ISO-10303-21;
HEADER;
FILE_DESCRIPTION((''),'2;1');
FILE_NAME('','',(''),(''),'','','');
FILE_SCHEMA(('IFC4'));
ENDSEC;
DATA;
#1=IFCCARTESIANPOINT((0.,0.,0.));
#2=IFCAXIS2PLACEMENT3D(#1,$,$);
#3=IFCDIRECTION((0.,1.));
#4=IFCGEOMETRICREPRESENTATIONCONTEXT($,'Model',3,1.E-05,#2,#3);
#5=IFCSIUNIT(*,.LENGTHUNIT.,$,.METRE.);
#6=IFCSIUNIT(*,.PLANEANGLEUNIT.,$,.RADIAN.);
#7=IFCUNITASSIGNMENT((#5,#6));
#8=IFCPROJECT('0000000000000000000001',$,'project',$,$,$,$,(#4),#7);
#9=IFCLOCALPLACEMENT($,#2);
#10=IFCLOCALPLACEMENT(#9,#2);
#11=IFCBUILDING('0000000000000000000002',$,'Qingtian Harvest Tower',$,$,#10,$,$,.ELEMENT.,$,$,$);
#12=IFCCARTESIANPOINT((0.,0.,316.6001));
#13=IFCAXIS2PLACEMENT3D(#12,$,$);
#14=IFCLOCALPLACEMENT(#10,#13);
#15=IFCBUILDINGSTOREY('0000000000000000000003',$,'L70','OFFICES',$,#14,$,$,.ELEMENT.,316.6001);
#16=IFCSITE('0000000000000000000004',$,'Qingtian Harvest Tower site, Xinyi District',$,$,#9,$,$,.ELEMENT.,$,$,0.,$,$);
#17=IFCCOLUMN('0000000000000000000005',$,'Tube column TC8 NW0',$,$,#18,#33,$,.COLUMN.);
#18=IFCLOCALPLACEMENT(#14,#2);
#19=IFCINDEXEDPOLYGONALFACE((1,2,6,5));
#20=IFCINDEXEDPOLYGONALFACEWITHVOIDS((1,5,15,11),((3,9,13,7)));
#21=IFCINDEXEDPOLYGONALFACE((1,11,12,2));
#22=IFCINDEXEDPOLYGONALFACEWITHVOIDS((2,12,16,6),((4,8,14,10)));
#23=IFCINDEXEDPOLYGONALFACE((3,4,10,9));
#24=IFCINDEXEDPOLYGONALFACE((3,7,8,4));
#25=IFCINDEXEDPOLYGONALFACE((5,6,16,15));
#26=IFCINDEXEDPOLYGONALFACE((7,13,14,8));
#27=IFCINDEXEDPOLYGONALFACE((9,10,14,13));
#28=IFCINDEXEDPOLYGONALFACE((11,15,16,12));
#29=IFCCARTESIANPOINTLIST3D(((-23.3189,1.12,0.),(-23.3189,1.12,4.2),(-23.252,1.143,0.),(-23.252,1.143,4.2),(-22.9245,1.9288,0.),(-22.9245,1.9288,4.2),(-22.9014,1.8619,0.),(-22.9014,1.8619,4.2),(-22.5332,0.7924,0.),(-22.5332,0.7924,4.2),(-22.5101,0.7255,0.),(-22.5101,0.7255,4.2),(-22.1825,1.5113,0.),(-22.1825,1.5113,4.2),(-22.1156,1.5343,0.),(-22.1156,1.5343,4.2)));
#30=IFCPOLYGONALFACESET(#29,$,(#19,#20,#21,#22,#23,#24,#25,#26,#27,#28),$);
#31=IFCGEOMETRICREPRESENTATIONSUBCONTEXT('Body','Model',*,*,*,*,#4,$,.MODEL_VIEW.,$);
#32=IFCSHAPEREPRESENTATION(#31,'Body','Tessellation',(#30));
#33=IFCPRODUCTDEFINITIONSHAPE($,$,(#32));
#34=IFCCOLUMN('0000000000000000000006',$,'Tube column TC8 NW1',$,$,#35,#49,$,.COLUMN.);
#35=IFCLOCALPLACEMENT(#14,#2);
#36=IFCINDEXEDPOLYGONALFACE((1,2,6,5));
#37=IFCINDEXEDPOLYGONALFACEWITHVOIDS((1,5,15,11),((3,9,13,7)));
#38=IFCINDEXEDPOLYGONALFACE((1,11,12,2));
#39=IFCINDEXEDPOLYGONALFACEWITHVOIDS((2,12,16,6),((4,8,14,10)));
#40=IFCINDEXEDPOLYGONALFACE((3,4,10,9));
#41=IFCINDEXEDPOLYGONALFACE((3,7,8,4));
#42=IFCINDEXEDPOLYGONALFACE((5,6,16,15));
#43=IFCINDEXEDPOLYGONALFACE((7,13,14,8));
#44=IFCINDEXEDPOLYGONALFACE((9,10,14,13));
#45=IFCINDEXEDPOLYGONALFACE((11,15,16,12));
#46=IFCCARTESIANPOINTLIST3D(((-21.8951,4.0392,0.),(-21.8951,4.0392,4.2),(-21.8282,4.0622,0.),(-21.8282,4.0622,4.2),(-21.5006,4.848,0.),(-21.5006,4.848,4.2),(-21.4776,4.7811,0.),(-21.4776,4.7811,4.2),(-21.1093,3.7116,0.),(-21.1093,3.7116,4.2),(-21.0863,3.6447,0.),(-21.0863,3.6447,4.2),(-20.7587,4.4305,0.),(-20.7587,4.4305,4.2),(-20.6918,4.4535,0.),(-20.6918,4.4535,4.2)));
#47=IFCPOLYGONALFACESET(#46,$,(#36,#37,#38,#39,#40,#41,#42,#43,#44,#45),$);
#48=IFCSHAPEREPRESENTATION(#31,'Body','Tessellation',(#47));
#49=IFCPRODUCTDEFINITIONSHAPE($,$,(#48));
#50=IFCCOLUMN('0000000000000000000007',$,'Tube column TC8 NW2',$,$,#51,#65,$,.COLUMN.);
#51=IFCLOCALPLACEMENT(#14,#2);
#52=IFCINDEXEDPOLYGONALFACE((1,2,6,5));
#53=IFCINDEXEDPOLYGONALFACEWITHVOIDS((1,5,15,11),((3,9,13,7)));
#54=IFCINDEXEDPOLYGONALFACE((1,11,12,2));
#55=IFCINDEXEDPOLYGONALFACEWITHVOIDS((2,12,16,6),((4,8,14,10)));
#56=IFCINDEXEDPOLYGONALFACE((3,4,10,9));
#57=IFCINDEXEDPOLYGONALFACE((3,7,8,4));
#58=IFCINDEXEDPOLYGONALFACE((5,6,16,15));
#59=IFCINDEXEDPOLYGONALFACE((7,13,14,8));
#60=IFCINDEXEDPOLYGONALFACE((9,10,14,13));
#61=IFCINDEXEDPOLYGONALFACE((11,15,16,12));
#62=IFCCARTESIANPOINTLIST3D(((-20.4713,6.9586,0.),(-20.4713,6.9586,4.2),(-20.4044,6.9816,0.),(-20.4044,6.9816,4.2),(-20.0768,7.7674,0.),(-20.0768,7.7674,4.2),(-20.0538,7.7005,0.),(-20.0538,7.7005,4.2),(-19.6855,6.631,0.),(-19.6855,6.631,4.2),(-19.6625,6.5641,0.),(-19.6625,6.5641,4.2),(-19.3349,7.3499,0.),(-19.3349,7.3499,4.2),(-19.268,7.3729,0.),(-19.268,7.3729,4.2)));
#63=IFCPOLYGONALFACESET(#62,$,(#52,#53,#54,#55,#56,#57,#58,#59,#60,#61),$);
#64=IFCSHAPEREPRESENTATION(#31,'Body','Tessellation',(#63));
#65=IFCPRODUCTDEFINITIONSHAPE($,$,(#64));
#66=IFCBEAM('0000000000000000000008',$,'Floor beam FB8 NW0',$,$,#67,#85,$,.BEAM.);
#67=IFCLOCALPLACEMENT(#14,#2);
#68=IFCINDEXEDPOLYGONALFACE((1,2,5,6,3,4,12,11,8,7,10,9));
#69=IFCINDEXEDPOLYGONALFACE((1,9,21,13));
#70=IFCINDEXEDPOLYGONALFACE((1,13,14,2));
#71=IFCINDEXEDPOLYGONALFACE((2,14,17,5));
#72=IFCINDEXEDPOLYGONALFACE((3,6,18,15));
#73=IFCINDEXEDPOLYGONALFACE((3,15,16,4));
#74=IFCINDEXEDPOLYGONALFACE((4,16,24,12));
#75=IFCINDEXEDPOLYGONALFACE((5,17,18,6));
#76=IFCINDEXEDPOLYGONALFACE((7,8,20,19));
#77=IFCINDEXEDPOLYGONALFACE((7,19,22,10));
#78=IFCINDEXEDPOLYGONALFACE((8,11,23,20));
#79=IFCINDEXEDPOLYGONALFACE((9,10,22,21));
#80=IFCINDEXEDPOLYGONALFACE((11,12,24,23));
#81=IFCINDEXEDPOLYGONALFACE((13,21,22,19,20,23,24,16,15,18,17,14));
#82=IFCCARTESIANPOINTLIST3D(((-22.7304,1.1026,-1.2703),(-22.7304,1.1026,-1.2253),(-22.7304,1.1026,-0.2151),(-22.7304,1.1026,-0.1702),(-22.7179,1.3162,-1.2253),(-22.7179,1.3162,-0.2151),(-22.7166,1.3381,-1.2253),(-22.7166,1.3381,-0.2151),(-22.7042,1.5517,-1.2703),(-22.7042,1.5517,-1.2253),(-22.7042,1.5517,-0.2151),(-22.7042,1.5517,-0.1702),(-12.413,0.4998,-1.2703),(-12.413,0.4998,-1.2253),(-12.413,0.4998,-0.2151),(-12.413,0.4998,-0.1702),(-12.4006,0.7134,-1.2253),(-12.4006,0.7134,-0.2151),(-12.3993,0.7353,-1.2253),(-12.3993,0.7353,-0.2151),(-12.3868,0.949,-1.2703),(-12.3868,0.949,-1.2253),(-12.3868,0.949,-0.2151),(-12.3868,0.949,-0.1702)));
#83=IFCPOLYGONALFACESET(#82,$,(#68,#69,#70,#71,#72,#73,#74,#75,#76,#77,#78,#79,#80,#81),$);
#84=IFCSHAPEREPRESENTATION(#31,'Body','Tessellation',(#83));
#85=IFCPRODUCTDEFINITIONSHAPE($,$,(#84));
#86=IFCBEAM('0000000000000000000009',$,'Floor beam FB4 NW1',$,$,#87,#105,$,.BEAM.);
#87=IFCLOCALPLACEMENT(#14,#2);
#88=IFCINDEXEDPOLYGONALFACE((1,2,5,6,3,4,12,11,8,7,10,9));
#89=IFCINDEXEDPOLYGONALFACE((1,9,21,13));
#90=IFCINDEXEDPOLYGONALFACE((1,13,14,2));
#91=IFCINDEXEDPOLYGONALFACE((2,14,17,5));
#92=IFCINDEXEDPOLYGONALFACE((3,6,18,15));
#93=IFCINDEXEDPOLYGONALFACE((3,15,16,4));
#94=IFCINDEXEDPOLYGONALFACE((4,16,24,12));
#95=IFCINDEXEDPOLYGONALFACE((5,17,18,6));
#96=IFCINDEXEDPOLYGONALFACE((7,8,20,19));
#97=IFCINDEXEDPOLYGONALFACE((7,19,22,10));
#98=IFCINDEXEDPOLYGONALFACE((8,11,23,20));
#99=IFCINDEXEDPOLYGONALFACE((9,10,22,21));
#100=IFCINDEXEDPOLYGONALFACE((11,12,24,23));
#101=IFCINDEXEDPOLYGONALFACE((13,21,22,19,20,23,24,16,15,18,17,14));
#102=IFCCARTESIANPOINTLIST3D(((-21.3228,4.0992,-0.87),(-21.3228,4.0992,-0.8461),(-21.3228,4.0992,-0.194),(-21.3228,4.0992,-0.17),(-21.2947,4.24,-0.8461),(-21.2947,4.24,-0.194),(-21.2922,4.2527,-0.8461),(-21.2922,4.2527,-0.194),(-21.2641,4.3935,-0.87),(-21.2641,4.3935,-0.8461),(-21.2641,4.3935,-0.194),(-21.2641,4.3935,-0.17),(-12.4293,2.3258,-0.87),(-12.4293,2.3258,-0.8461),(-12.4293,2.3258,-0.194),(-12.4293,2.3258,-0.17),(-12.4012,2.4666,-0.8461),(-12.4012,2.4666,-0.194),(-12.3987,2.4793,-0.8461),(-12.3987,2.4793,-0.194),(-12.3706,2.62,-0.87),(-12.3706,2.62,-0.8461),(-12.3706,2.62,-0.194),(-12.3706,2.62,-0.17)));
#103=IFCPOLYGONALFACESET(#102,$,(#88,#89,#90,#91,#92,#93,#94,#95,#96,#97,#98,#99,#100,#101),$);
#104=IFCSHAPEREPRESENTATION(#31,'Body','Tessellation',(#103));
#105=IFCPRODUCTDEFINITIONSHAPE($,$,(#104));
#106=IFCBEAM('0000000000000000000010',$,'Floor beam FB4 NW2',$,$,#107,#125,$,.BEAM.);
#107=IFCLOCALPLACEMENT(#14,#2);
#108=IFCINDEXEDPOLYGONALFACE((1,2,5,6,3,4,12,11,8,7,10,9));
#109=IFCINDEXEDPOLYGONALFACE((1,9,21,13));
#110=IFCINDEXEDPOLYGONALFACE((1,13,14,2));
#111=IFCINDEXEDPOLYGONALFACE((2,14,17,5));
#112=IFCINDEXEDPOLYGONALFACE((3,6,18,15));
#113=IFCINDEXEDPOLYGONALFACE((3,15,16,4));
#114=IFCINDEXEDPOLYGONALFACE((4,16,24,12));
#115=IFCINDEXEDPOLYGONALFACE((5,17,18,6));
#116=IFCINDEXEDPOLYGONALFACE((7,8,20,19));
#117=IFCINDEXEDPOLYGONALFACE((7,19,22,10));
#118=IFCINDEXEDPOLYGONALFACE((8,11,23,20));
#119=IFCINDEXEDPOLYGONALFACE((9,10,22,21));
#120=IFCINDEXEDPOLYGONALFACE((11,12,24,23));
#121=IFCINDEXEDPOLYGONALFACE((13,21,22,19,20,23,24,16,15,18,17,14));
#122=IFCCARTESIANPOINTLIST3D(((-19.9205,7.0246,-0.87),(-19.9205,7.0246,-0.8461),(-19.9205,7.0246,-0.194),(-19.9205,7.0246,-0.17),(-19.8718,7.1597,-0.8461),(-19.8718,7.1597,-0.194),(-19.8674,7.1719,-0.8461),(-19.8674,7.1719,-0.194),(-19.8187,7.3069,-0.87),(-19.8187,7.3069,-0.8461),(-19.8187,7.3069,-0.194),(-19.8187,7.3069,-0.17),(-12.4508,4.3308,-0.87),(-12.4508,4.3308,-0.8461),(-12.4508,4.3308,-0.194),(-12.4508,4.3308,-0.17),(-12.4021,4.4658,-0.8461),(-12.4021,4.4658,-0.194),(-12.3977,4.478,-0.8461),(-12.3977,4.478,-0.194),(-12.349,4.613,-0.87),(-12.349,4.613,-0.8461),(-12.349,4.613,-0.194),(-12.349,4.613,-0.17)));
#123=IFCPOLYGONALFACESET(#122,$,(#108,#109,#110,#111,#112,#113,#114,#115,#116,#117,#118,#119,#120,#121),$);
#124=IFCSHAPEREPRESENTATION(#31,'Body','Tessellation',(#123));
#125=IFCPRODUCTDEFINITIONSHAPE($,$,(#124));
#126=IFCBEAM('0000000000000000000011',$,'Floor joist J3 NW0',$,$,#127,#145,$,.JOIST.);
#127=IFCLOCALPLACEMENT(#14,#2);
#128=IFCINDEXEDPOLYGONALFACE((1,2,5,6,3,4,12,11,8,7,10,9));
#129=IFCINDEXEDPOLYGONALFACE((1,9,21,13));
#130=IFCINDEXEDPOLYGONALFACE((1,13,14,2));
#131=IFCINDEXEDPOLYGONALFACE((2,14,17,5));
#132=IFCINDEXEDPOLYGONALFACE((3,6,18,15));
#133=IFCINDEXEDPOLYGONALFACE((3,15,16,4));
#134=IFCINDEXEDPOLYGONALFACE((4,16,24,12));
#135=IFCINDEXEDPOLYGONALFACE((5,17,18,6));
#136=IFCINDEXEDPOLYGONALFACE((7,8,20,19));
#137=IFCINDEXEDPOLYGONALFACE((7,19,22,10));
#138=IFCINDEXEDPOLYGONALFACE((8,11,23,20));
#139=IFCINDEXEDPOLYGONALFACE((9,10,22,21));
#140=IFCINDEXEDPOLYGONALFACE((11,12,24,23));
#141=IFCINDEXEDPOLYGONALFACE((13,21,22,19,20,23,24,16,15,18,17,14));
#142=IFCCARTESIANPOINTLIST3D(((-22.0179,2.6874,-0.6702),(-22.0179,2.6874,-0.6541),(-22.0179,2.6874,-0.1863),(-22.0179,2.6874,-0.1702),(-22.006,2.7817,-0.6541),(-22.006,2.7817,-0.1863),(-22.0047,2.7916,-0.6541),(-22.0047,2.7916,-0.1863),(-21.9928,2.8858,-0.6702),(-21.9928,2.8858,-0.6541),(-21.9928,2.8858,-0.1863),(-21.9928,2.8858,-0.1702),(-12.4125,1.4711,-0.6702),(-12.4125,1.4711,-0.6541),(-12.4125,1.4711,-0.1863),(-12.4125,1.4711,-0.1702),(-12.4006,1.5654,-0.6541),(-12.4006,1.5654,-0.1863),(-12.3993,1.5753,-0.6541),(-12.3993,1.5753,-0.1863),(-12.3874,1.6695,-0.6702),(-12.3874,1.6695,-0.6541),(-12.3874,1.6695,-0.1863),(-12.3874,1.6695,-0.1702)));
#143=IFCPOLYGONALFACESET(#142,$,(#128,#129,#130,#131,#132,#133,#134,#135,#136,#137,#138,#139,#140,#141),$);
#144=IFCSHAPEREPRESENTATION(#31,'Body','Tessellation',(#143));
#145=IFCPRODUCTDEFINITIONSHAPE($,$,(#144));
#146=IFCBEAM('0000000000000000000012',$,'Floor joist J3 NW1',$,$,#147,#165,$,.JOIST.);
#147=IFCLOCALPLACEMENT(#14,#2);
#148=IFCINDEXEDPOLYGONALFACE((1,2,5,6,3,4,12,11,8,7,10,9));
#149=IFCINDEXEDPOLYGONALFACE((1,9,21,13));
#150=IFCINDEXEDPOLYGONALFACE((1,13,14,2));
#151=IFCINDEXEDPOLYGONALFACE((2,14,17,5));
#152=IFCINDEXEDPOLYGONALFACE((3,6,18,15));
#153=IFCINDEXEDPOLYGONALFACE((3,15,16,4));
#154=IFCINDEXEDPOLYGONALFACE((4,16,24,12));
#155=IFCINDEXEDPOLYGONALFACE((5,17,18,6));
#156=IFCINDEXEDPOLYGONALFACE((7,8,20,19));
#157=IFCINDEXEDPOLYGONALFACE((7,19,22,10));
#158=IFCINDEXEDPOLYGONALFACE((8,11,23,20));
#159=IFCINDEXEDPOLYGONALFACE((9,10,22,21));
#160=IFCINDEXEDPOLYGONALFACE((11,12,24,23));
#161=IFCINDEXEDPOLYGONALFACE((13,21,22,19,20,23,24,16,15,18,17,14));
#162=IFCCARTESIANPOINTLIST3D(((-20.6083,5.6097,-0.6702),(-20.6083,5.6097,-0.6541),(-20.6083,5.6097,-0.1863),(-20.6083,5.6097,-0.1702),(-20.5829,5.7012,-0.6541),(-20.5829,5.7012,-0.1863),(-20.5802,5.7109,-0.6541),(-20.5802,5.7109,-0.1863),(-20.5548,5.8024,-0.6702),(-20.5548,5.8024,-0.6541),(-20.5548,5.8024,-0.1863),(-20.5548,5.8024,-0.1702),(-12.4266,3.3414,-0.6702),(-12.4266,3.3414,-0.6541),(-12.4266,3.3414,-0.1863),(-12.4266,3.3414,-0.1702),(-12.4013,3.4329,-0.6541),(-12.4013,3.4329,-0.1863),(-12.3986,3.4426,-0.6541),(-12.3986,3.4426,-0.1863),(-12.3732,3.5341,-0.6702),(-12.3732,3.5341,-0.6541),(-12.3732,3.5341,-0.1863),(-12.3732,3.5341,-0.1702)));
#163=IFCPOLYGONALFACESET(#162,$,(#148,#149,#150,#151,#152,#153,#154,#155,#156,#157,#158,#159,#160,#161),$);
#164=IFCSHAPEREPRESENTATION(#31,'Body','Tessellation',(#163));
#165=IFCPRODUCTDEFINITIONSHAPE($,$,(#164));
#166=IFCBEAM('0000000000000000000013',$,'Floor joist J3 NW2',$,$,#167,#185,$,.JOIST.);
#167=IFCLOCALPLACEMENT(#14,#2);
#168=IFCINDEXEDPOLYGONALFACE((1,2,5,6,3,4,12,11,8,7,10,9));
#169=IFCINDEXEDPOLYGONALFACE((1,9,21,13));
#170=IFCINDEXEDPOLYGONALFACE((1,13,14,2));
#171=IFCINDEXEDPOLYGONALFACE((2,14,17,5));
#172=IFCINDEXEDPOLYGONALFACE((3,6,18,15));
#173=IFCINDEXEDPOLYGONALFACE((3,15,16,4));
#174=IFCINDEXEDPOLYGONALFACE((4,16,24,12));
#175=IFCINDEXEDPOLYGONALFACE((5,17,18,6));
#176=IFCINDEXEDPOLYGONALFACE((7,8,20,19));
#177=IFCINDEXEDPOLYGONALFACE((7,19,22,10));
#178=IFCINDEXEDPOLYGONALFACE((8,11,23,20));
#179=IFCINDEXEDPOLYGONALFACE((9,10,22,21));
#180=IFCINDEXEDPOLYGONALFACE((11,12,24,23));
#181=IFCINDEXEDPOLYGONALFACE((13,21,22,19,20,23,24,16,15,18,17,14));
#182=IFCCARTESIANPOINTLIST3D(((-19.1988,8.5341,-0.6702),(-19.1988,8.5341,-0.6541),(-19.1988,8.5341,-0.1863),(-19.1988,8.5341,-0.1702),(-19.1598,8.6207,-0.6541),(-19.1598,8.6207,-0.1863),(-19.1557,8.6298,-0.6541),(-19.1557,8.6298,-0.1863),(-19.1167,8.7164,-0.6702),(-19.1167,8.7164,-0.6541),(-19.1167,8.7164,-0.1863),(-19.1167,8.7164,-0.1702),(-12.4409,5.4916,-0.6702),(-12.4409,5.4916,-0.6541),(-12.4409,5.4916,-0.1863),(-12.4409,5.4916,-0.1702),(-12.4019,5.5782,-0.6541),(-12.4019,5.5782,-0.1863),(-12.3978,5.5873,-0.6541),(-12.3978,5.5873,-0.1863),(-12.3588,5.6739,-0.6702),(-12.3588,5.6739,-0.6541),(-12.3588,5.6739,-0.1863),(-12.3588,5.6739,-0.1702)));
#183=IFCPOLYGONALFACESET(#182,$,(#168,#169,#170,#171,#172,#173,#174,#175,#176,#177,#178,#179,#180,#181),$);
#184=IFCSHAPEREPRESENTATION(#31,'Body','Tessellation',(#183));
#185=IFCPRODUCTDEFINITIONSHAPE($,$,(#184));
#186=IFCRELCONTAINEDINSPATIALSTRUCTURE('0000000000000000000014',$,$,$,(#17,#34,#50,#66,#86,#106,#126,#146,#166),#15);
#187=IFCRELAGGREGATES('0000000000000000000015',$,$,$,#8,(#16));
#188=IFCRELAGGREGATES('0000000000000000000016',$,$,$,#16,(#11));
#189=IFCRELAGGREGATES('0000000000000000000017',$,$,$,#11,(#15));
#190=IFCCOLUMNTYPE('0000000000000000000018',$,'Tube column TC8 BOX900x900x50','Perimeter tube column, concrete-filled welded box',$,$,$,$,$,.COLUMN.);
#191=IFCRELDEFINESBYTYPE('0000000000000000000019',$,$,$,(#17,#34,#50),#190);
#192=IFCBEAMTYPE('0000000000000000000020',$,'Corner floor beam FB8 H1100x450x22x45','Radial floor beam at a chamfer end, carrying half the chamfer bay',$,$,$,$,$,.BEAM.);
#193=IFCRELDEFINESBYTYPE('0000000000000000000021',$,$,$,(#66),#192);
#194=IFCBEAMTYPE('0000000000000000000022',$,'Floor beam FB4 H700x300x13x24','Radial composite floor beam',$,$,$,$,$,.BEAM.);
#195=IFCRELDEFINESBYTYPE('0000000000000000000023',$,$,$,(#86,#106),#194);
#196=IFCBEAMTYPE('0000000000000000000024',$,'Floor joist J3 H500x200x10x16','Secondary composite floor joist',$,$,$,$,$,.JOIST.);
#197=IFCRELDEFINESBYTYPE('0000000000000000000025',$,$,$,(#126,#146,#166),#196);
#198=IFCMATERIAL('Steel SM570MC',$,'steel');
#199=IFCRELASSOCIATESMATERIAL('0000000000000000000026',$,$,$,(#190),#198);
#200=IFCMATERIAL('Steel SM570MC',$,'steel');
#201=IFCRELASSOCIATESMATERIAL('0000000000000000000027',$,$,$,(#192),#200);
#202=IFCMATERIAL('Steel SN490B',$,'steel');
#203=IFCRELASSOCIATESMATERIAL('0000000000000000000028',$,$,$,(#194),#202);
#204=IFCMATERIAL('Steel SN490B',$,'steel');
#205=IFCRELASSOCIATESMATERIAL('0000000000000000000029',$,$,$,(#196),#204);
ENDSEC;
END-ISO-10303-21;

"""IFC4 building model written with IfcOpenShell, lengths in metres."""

from ifc_helpers import new_model, si_unit, direction, frame, origin, origin_2d, place, context, subcontext, project, spatial, hollow_rectangle, i_section, extrude, material, material_profile, profile_set, type_object, element, save


model = new_model("IFC4")

# Units and contexts
model_context = context("Model", 3, precision=1e-05, world=origin(), true_north=direction((0.0, 1.0)))
body_context = subcontext(model_context, "Body", "Model", "MODEL_VIEW")
ifc_project = project(units=[si_unit("LENGTHUNIT", "METRE"), si_unit("PLANEANGLEUNIT", "RADIAN")], contexts=[model_context])

# Site, building, storey
site_placement = place(None, origin())
site = spatial("IfcSite", under=ifc_project, at=site_placement, Name="Qingtian Harvest Tower site, Xinyi District", CompositionType="ELEMENT", RefElevation=0.0)
building_placement = place(site_placement, origin())
building = spatial("IfcBuilding", under=site, at=building_placement, Name="Qingtian Harvest Tower", CompositionType="ELEMENT")
storey_placement = place(building_placement, frame((0.0, 0.0, 316.6001)))
storey = spatial("IfcBuildingStorey", under=building, at=storey_placement, Name="L70", Description="OFFICES", CompositionType="ELEMENT", Elevation=316.6001)

# Columns
ifc_material_1 = material(Name="Steel SM570MC", Category="steel")
ifc_material_profile_1 = material_profile(ifc_material_1, hollow_rectangle(XDim=0.8999, YDim=0.8999, WallThickness=0.05, at=origin_2d()), Name="BOX900x900x50")
ifc_profile_set_1 = profile_set([ifc_material_profile_1], Name="Steel SM570MC")
column_type = type_object("IfcColumnType", Name="Tube column TC8 BOX900x900x50", Description="Perimeter tube column, concrete-filled welded box", PredefinedType="COLUMN", material=ifc_profile_set_1)
for number, where, z_axis, x_axis, name in (
    (1, (-22.7173, 1.3271, 0.0), (0.0, 0.0, 1.0), (-0.438371, -0.898794, 0.0), "Tube column TC8 NW0"),
    (2, (-21.2935, 4.2463, 0.0), (0.0, 0.0, 1.0), (-0.438371, -0.898794, 0.0), "Tube column TC8 NW1"),
    (3, (-19.8696, 7.1658, 0.0), (0.0, 0.0, 1.0), (-0.438371, -0.898794, 0.0), "Tube column TC8 NW2"),
):
    element("IfcColumn", number, at=place(storey_placement, frame(where, z_axis=z_axis, x_axis=x_axis)), inside=storey, type_object=column_type, Name=name, PredefinedType="COLUMN", context=body_context, shape_type="SweptSolid", body=[
        extrude(hollow_rectangle(XDim=0.8999, YDim=0.8999, WallThickness=0.05, at=origin_2d()), origin(), (0.0, 0.0, 1.0), 4.2),
    ])

# Beams
ifc_material_2 = material(Name="Steel SM570MC", Category="steel")
ifc_material_profile_2 = material_profile(ifc_material_2, i_section(OverallWidth=0.45, OverallDepth=1.1001, WebThickness=0.022, FlangeThickness=0.0449, at=origin_2d()), Name="H1100x450x22x45")
ifc_profile_set_2 = profile_set([ifc_material_profile_2], Name="Steel SM570MC")
beam_type_1 = type_object("IfcBeamType", Name="Corner floor beam FB8 H1100x450x22x45", Description="Radial floor beam at a chamfer end, carrying half the chamfer bay", PredefinedType="BEAM", material=ifc_profile_set_2)
beam_1_placement = place(storey_placement, frame((-22.7173, 1.3271, -0.7202), z_axis=(0.998298, -0.058325, 0.0), x_axis=(0.058325, 0.998298, 0.0)))
element("IfcBeam", 4, at=beam_1_placement, inside=storey, type_object=beam_type_1, Name="Floor beam FB8 NW0", PredefinedType="BEAM", context=body_context, shape_type="SweptSolid", body=[
    extrude(i_section(OverallWidth=0.45, OverallDepth=1.1001, WebThickness=0.022, FlangeThickness=0.0449, at=origin_2d()), origin(), (0.0, 0.0, 1.0), 10.335),
])
ifc_material_3 = material(Name="Steel SN490B", Category="steel")
ifc_material_profile_3 = material_profile(ifc_material_3, i_section(OverallWidth=0.3, OverallDepth=0.7, WebThickness=0.0129, FlangeThickness=0.0239, at=origin_2d()), Name="H700x300x13x24")
ifc_profile_set_3 = profile_set([ifc_material_profile_3], Name="Steel SN490B")
beam_type_2 = type_object("IfcBeamType", Name="Floor beam FB4 H700x300x13x24", Description="Radial composite floor beam", PredefinedType="BEAM", material=ifc_profile_set_3)
beam_2_placement = place(storey_placement, frame((-21.2935, 4.2463, -0.52), z_axis=(0.980692, -0.195557, 0.0), x_axis=(0.195557, 0.980692, 0.0)))
element("IfcBeam", 5, at=beam_2_placement, inside=storey, type_object=beam_type_2, Name="Floor beam FB4 NW1", PredefinedType="BEAM", context=body_context, shape_type="SweptSolid", body=[
    extrude(i_section(OverallWidth=0.3, OverallDepth=0.7, WebThickness=0.0129, FlangeThickness=0.0239, at=origin_2d()), origin(), (0.0, 0.0, 1.0), 9.0686),
])
beam_3_placement = place(storey_placement, frame((-19.8696, 7.1658, -0.52), z_axis=(0.940697, -0.339249, 0.0), x_axis=(0.339249, 0.940697, 0.0)))
element("IfcBeam", 6, at=beam_3_placement, inside=storey, type_object=beam_type_2, Name="Floor beam FB4 NW2", PredefinedType="BEAM", context=body_context, shape_type="SweptSolid", body=[
    extrude(i_section(OverallWidth=0.3, OverallDepth=0.7, WebThickness=0.0129, FlangeThickness=0.0239, at=origin_2d()), origin(), (0.0, 0.0, 1.0), 7.9407),
])
ifc_material_4 = material(Name="Steel SN490B", Category="steel")
ifc_material_profile_4 = material_profile(ifc_material_4, i_section(OverallWidth=0.2, OverallDepth=0.5, WebThickness=0.01, FlangeThickness=0.0161, at=origin_2d()), Name="H500x200x10x16")
ifc_profile_set_4 = profile_set([ifc_material_profile_4], Name="Steel SN490B")
beam_type_3 = type_object("IfcBeamType", Name="Floor joist J3 H500x200x10x16", Description="Secondary composite floor joist", PredefinedType="JOIST", material=ifc_profile_set_4)
beam_4_placement = place(storey_placement, frame((-22.0054, 2.7866, -0.4202), z_axis=(0.992078, -0.125624, 0.0), x_axis=(0.125624, 0.992078, 0.0)))
element("IfcBeam", 7, at=beam_4_placement, inside=storey, type_object=beam_type_3, Name="Floor joist J3 NW0", PredefinedType="JOIST", context=body_context, shape_type="SweptSolid", body=[
    extrude(i_section(OverallWidth=0.2, OverallDepth=0.5, WebThickness=0.01, FlangeThickness=0.0161, at=origin_2d()), origin(), (0.0, 0.0, 1.0), 9.6821),
])
beam_5_placement = place(storey_placement, frame((-20.5815, 5.7061, -0.4202), z_axis=(0.96365, -0.267166, 0.0), x_axis=(0.267166, 0.96365, 0.0)))
element("IfcBeam", 8, at=beam_5_placement, inside=storey, type_object=beam_type_3, Name="Floor joist J3 NW1", PredefinedType="JOIST", context=body_context, shape_type="SweptSolid", body=[
    extrude(i_section(OverallWidth=0.2, OverallDepth=0.5, WebThickness=0.01, FlangeThickness=0.0161, at=origin_2d()), origin(), (0.0, 0.0, 1.0), 8.4902),
])
beam_6_placement = place(storey_placement, frame((-19.1577, 8.6252, -0.4202), z_axis=(0.911848, -0.410529, 0.0), x_axis=(0.410529, 0.911848, 0.0)))
element("IfcBeam", 9, at=beam_6_placement, inside=storey, type_object=beam_type_3, Name="Floor joist J3 NW2", PredefinedType="JOIST", context=body_context, shape_type="SweptSolid", body=[
    extrude(i_section(OverallWidth=0.2, OverallDepth=0.5, WebThickness=0.01, FlangeThickness=0.0161, at=origin_2d()), origin(), (0.0, 0.0, 1.0), 7.4111),
])

save(model, "model.ifc")
